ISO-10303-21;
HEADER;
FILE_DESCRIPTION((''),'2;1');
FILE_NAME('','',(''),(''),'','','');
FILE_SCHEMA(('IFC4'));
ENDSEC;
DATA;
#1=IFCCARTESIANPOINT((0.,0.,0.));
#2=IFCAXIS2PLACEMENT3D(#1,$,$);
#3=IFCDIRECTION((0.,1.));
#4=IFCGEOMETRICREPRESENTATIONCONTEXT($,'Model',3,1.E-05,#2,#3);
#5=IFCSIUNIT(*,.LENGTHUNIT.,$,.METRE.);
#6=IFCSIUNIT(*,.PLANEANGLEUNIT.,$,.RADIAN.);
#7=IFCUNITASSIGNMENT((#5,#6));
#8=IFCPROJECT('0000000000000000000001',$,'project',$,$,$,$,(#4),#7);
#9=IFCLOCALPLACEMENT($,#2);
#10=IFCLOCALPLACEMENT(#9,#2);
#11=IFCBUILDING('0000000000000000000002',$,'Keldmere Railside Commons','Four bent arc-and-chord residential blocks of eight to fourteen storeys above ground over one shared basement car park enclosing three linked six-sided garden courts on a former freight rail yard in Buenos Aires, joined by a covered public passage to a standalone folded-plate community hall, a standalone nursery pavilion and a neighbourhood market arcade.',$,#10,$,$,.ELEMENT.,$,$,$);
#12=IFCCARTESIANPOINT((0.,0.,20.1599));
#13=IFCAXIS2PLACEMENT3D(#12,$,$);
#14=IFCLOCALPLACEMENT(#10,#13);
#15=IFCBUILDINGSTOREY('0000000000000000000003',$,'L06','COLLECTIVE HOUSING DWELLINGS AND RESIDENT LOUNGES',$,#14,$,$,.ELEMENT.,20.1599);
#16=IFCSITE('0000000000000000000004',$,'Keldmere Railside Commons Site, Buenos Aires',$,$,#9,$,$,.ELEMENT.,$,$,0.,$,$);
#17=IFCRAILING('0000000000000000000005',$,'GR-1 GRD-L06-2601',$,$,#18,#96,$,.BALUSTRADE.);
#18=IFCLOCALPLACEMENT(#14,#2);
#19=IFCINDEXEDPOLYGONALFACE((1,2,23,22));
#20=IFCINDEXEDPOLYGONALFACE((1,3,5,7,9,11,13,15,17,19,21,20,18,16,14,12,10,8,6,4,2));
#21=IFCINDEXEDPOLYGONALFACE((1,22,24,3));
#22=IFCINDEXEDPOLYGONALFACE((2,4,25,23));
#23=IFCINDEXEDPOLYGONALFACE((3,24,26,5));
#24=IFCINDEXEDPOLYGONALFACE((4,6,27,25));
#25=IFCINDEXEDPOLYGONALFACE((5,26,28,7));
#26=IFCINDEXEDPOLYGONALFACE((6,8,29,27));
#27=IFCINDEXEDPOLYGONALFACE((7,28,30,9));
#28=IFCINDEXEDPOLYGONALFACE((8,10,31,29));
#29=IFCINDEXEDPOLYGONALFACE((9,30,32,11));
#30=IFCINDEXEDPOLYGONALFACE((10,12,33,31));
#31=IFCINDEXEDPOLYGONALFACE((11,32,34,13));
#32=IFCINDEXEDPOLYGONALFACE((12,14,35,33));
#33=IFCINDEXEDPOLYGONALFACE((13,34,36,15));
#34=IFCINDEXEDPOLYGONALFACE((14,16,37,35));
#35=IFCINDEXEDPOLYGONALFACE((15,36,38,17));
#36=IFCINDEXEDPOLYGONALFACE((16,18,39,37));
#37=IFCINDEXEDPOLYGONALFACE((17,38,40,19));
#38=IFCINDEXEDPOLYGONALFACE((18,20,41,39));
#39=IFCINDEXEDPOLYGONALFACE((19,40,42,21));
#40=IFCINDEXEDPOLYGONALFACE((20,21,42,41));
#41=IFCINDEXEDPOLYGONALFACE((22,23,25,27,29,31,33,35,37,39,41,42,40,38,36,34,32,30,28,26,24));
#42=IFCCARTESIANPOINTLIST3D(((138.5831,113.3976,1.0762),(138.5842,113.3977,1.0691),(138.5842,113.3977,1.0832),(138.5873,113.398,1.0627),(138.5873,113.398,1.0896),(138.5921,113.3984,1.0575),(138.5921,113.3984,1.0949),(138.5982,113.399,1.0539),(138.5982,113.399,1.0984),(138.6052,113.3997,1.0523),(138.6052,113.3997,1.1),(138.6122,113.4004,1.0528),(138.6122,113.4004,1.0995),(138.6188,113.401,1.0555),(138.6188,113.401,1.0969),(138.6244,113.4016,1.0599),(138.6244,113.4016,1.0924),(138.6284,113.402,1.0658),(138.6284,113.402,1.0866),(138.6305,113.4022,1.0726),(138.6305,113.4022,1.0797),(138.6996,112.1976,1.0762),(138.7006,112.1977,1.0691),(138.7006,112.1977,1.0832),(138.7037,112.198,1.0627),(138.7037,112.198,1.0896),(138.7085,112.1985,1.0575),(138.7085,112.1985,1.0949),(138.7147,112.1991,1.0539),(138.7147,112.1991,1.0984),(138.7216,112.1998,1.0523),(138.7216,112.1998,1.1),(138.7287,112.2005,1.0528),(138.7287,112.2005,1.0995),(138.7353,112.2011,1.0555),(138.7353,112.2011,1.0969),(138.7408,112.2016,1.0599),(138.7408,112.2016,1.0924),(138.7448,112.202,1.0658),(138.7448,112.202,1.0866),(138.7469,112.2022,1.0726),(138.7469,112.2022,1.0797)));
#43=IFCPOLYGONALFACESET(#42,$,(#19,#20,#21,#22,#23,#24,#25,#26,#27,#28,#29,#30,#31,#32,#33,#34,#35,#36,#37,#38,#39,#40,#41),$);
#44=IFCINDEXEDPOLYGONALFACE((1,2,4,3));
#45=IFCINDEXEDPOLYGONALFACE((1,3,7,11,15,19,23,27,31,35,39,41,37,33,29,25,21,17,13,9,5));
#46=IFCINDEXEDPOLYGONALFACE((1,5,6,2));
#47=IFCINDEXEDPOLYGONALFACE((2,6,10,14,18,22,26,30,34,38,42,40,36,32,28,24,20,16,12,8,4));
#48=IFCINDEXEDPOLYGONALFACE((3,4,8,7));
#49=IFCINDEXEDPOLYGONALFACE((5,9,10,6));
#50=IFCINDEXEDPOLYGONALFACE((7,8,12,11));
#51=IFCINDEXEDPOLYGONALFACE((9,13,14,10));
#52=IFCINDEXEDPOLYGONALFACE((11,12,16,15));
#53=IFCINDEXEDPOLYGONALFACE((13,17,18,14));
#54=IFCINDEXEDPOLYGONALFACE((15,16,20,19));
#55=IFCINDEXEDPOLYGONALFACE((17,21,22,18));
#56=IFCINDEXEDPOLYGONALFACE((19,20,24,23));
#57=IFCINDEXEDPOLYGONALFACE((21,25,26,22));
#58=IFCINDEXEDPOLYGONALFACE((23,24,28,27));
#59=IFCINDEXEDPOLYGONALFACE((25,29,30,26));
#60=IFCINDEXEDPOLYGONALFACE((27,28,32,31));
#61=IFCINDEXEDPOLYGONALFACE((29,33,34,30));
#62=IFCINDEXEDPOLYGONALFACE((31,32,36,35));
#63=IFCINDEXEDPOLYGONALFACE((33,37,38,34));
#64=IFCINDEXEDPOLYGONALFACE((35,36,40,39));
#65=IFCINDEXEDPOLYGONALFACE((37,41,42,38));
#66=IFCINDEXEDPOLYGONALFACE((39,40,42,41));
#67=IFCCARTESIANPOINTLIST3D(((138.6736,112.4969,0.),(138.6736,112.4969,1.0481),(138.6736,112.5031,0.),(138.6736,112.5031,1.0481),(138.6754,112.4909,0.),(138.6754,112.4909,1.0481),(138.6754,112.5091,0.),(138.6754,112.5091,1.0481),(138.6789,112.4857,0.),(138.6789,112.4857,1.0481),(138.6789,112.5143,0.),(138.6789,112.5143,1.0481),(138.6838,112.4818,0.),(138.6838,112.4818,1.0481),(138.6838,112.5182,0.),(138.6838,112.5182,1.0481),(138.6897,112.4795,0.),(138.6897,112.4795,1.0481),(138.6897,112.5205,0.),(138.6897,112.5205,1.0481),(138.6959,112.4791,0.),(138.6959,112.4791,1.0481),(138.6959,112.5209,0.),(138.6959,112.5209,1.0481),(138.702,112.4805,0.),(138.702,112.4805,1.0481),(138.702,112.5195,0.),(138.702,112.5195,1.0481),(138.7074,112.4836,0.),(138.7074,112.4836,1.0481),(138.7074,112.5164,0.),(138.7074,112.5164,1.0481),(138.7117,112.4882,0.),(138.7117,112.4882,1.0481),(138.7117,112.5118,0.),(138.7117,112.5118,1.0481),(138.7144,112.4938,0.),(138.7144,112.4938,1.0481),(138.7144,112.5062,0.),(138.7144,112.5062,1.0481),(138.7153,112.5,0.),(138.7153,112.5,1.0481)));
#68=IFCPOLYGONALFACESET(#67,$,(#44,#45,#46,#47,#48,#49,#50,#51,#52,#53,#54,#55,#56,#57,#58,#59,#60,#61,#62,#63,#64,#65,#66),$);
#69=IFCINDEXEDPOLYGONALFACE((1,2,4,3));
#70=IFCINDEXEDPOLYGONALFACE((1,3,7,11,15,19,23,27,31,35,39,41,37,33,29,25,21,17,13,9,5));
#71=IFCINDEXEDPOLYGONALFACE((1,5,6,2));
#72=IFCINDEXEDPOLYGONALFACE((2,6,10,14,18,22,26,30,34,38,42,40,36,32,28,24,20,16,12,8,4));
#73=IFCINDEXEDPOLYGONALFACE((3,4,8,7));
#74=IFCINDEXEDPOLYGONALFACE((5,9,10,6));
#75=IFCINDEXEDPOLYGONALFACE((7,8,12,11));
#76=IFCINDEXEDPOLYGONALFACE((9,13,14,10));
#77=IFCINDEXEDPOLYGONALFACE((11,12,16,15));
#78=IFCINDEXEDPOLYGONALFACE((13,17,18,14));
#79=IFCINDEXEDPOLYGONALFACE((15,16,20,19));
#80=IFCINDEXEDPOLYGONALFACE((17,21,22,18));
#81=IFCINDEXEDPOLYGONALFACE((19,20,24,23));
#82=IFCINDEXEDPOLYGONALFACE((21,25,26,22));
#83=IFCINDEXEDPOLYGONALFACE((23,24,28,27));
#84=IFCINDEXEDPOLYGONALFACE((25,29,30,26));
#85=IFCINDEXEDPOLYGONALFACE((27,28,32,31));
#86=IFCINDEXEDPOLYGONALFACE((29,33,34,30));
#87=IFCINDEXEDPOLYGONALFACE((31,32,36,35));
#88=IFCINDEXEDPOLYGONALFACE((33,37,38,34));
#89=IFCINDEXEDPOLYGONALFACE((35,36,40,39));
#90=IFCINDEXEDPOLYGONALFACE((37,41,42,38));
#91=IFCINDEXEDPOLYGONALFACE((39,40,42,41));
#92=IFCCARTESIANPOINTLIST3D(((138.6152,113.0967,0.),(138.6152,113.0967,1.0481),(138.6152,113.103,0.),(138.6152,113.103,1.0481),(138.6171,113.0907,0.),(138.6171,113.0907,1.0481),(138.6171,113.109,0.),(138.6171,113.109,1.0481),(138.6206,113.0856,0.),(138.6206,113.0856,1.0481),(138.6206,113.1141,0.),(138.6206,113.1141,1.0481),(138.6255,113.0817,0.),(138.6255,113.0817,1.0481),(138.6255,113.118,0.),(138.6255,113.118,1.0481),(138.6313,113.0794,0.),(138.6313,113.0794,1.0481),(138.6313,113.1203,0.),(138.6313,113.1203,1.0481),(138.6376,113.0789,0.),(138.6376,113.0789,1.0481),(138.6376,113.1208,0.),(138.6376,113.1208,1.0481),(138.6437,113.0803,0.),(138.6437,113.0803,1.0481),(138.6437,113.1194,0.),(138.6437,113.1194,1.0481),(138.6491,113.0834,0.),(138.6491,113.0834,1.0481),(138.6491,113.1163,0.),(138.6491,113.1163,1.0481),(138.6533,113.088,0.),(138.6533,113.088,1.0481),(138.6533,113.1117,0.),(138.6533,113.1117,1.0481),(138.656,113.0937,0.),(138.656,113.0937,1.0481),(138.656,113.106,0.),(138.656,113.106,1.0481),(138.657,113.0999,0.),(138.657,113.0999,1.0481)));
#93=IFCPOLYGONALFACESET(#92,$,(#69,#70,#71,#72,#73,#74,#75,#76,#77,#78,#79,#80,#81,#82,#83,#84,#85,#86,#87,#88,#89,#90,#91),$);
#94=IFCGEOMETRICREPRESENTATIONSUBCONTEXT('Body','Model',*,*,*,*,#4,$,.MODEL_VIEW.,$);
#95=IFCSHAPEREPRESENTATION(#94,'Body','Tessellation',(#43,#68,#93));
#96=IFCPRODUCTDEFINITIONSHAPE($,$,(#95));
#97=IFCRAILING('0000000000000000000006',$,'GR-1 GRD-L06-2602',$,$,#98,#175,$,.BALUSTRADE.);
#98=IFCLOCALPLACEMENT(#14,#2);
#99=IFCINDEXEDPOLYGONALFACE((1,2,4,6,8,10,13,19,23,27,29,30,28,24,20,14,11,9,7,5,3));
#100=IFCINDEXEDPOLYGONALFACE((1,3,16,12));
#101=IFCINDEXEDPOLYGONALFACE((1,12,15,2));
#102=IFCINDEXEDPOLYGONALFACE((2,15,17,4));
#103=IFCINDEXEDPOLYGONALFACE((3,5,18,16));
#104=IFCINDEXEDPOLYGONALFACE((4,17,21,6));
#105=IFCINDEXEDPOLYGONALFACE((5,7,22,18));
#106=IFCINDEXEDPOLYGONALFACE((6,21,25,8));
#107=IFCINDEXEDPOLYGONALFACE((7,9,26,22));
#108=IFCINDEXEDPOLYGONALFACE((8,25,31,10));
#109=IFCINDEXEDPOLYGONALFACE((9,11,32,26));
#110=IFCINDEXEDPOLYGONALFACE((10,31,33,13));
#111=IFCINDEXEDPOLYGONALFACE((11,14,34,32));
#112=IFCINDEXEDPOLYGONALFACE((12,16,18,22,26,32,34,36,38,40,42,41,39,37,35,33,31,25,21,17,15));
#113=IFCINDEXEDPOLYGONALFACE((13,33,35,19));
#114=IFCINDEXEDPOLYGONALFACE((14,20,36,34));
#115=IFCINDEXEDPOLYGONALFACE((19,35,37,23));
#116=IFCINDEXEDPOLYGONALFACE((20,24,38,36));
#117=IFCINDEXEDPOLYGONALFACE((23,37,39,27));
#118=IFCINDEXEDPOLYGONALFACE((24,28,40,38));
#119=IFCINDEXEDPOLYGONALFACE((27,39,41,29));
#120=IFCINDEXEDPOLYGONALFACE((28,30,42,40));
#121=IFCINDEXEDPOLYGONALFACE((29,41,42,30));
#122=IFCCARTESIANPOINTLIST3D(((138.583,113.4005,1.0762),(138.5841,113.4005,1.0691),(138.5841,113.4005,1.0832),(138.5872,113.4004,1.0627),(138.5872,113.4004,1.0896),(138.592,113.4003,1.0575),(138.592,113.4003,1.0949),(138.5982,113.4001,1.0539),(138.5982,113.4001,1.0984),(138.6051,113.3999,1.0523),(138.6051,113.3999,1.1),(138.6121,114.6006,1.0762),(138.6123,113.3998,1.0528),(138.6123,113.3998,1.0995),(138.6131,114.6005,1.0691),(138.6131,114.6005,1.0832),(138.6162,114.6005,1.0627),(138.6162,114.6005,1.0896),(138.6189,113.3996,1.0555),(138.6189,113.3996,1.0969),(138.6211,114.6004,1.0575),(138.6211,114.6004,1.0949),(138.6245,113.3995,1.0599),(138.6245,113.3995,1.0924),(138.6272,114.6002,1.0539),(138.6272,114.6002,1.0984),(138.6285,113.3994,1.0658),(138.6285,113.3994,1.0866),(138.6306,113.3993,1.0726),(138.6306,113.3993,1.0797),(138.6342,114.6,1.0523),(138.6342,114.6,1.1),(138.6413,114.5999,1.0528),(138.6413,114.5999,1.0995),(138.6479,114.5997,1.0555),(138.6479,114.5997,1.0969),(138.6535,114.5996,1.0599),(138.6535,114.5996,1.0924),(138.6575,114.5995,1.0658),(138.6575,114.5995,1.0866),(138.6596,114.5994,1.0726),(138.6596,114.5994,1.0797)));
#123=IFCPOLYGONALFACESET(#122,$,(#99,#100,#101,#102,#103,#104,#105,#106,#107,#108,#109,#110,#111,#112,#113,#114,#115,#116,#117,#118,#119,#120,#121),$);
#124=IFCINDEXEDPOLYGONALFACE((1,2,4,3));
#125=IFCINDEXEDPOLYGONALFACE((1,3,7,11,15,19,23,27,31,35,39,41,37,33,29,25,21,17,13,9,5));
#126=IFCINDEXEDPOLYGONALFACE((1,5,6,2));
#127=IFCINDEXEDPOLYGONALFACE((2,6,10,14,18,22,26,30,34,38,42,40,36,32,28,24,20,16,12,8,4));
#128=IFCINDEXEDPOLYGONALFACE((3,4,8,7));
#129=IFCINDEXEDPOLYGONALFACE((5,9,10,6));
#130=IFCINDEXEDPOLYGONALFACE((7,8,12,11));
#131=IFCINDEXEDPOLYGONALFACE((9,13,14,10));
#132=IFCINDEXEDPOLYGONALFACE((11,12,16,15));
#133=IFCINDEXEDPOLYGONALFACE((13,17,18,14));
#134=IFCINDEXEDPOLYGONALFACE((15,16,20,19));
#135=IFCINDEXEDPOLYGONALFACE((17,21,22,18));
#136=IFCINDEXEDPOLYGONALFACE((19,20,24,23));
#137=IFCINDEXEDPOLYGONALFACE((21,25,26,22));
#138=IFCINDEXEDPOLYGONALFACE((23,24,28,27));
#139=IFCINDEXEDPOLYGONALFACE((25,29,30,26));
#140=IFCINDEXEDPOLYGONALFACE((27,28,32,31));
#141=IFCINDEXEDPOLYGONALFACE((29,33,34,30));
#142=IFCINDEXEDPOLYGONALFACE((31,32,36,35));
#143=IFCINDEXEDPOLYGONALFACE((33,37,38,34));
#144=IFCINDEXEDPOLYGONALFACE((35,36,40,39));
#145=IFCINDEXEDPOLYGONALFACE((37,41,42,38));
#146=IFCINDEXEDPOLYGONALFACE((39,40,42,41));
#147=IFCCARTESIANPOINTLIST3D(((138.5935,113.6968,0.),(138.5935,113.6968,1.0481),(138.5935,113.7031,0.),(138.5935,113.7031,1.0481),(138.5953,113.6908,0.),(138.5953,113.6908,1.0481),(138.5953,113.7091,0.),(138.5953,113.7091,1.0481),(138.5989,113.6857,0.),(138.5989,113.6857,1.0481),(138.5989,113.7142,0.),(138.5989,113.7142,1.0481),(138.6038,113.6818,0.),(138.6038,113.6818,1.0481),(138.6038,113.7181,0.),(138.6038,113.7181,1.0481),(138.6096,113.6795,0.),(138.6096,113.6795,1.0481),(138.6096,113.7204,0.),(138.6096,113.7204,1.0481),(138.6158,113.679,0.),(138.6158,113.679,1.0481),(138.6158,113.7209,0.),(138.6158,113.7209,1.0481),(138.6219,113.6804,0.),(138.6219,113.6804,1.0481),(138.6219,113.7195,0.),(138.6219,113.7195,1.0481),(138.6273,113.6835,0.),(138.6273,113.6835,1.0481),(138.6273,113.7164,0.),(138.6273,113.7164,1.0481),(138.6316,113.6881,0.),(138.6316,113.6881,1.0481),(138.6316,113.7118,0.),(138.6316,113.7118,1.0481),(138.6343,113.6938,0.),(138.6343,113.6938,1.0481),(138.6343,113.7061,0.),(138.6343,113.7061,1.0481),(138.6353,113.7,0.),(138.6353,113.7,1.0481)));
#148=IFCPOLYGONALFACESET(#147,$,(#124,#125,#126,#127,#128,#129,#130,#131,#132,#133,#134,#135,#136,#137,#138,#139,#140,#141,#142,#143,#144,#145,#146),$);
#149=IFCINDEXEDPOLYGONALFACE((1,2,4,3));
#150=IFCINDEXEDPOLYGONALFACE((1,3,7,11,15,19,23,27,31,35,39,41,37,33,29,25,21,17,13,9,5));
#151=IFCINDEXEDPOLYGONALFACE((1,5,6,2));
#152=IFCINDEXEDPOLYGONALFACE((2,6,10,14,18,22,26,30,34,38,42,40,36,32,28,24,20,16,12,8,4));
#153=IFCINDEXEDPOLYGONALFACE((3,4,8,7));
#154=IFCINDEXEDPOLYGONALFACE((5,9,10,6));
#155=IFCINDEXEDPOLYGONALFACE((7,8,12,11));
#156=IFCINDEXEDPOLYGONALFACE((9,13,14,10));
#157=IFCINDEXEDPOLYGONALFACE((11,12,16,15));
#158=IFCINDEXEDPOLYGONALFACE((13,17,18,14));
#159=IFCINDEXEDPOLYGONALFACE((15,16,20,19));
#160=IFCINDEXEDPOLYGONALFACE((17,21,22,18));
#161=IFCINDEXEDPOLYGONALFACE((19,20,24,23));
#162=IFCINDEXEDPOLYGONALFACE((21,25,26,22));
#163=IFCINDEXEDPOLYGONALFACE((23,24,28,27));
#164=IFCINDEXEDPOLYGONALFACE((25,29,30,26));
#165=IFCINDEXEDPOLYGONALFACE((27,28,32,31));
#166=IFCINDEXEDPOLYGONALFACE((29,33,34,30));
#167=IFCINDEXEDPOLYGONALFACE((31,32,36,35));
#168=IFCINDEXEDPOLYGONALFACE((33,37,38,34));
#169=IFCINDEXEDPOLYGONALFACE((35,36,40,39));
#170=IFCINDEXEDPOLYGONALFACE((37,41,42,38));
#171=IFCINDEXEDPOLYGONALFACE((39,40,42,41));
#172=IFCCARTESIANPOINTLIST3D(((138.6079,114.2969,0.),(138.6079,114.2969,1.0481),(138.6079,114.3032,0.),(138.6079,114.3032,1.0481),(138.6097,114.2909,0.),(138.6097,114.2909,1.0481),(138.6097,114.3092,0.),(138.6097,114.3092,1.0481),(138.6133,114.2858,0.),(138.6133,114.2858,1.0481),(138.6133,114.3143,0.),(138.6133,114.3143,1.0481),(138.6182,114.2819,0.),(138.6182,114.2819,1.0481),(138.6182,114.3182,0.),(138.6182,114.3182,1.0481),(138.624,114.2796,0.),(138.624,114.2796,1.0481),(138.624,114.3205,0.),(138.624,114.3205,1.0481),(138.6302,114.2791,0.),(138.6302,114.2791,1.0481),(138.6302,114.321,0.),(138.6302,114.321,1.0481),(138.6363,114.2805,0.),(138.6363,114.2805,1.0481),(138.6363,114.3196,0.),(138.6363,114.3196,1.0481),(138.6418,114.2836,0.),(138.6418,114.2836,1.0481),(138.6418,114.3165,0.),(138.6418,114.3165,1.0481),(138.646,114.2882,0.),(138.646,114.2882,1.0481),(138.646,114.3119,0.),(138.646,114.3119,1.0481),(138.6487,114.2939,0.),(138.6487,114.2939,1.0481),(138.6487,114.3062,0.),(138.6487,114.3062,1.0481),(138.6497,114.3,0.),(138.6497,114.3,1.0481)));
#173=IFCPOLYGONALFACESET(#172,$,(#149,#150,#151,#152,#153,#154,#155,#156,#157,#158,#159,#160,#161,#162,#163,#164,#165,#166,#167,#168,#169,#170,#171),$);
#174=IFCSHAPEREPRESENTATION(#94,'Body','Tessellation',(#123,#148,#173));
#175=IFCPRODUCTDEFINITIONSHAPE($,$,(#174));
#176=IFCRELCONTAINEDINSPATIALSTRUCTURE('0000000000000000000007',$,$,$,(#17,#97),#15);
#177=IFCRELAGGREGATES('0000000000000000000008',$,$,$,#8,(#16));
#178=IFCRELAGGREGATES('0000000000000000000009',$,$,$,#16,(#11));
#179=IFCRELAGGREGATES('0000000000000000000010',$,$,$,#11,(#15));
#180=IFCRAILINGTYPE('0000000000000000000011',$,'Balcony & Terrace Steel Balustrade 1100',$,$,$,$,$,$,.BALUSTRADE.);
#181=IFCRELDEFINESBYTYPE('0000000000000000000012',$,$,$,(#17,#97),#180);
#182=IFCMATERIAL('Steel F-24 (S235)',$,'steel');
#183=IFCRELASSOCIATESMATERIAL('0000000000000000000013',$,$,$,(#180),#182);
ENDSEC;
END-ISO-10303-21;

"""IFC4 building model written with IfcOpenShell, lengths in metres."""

from ifc_helpers import new_model, si_unit, direction, frame, origin, origin_2d, place, context, subcontext, project, spatial, circle, extrude, material, type_object, element, save


model = new_model("IFC4")

# Units and contexts
model_context = context("Model", 3, precision=1e-05, world=origin(), true_north=direction((0.0, 1.0)))
body_context = subcontext(model_context, "Body", "Model", "MODEL_VIEW")
ifc_project = project(units=[si_unit("LENGTHUNIT", "METRE"), si_unit("PLANEANGLEUNIT", "RADIAN")], contexts=[model_context])

# Site, building, storey
site_placement = place(None, origin())
site = spatial("IfcSite", under=ifc_project, at=site_placement, Name="Keldmere Railside Commons Site, Buenos Aires", CompositionType="ELEMENT", RefElevation=0.0)
building_placement = place(site_placement, origin())
building = spatial("IfcBuilding", under=site, at=building_placement, Name="Keldmere Railside Commons", Description="Four bent arc-and-chord residential blocks of eight to fourteen storeys above ground over one shared basement car park enclosing three linked six-sided garden courts on a former freight rail yard in Buenos Aires, joined by a covered public passage to a standalone folded-plate community hall, a standalone nursery pavilion and a neighbourhood market arcade.", CompositionType="ELEMENT")
storey_placement = place(building_placement, frame((0.0, 0.0, 20.1599)))
storey = spatial("IfcBuildingStorey", under=building, at=storey_placement, Name="L06", Description="COLLECTIVE HOUSING DWELLINGS AND RESIDENT LOUNGES", CompositionType="ELEMENT", Elevation=20.1599)

# Railings
ifc_material_1 = material(Name="Steel F-24 (S235)", Category="steel")
railing_type = type_object("IfcRailingType", Name="Balcony & Terrace Steel Balustrade 1100", PredefinedType="BALUSTRADE", material=ifc_material_1)
railing_1_placement = place(storey_placement, frame((138.7234, 112.2, 0.0)))
element("IfcRailing", 1, at=railing_1_placement, inside=storey, type_object=railing_type, Name="GR-1 GRD-L06-2601", PredefinedType="BALUSTRADE", context=body_context, shape_type="SweptSolid", body=[
    extrude(circle(Radius=0.0239, at=origin_2d()), frame((0.0, 0.0, 1.0762), z_axis=(-0.096596, 0.995324, 0.0), x_axis=(-0.995324, -0.096596, 0.0)), (0.0, 0.0, 1.0), 1.2056),
    extrude(circle(Radius=0.021, at=origin_2d()), frame((-0.0291, 0.3, 0.0)), (0.0, 0.0, 1.0), 1.0481),
    extrude(circle(Radius=0.021, at=origin_2d()), frame((-0.0874, 0.8999, 0.0)), (0.0, 0.0, 1.0), 1.0481),
])
railing_2_placement = place(storey_placement, frame((138.6069, 113.3999, 0.0)))
element("IfcRailing", 2, at=railing_2_placement, inside=storey, type_object=railing_type, Name="GR-1 GRD-L06-2602", PredefinedType="BALUSTRADE", context=body_context, shape_type="SweptSolid", body=[
    extrude(circle(Radius=0.0239, at=origin_2d()), frame((0.0, 0.0, 1.0762), z_axis=(0.0242, 0.999707, 0.0), x_axis=(-0.999707, 0.0242, 0.0)), (0.0, 0.0, 1.0), 1.2004),
    extrude(circle(Radius=0.021, at=origin_2d()), frame((0.0073, 0.3, 0.0)), (0.0, 0.0, 1.0), 1.0481),
    extrude(circle(Radius=0.021, at=origin_2d()), frame((0.0217, 0.9001, 0.0)), (0.0, 0.0, 1.0), 1.0481),
])

save(model, "model.ifc")
